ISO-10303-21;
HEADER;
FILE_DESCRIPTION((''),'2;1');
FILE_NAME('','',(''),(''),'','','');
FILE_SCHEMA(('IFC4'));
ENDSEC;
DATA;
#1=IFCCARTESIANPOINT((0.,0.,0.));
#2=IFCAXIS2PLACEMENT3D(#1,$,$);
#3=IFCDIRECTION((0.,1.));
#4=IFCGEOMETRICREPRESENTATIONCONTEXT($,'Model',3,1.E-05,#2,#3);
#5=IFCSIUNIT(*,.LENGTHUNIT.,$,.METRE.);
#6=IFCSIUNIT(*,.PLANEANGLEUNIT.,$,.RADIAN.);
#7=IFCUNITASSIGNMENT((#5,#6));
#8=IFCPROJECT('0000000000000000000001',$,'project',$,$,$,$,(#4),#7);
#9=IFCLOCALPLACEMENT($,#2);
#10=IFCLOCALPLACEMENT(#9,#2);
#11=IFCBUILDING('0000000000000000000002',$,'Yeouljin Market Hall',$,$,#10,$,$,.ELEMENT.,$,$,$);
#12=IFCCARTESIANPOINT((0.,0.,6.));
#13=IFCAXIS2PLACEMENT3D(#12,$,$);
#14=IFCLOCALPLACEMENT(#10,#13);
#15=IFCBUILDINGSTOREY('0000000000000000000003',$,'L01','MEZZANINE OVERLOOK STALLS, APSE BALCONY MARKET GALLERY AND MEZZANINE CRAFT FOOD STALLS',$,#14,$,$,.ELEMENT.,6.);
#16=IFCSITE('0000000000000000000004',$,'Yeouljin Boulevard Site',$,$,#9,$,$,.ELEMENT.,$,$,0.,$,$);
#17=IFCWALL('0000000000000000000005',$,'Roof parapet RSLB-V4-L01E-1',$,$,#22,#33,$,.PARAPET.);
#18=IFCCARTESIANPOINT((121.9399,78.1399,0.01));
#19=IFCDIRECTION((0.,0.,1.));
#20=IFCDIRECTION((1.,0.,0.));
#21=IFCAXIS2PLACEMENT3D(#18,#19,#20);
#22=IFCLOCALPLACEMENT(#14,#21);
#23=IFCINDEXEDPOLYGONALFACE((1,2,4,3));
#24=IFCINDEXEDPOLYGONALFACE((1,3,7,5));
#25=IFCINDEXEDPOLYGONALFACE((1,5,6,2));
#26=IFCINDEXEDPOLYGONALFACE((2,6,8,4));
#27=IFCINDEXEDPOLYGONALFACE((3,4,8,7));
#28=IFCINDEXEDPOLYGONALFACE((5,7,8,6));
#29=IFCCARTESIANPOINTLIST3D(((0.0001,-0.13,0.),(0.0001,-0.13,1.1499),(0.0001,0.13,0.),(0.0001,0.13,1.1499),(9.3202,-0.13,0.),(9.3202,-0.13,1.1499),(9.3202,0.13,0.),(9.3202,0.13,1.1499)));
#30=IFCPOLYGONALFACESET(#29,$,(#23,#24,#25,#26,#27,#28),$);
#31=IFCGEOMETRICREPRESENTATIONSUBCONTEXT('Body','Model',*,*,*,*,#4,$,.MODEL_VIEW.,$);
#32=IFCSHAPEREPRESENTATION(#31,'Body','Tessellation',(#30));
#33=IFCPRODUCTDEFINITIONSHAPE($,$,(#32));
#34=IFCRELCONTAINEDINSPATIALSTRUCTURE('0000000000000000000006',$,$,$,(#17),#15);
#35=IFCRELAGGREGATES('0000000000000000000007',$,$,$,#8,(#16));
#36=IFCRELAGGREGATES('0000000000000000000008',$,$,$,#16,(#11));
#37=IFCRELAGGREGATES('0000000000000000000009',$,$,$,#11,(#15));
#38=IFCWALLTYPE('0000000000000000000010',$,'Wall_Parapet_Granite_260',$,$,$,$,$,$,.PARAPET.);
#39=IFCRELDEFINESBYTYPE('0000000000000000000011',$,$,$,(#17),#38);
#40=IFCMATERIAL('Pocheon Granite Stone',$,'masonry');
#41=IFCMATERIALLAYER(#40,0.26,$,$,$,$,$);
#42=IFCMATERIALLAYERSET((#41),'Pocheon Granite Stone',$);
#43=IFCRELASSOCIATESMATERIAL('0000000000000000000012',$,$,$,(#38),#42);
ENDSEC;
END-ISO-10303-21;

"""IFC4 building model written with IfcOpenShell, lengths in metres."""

from ifc_helpers import new_model, si_unit, direction, frame, frame_2d, origin, place, context, subcontext, project, spatial, rectangle, extrude, material, layer, layer_set, type_object, element, save


model = new_model("IFC4")

# Units and contexts
model_context = context("Model", 3, precision=1e-05, world=origin(), true_north=direction((0.0, 1.0)))
body_context = subcontext(model_context, "Body", "Model", "MODEL_VIEW")
ifc_project = project(units=[si_unit("LENGTHUNIT", "METRE"), si_unit("PLANEANGLEUNIT", "RADIAN")], contexts=[model_context])

# Site, building, storey
site_placement = place(None, origin())
site = spatial("IfcSite", under=ifc_project, at=site_placement, Name="Yeouljin Boulevard Site", CompositionType="ELEMENT", RefElevation=0.0)
building_placement = place(site_placement, origin())
building = spatial("IfcBuilding", under=site, at=building_placement, Name="Yeouljin Market Hall", CompositionType="ELEMENT")
storey_placement = place(building_placement, frame((0.0, 0.0, 6.0)))
storey = spatial("IfcBuildingStorey", under=building, at=storey_placement, Name="L01", Description="MEZZANINE OVERLOOK STALLS, APSE BALCONY MARKET GALLERY AND MEZZANINE CRAFT FOOD STALLS", CompositionType="ELEMENT", Elevation=6.0)

# Wall
ifc_material_1 = material(Name="Pocheon Granite Stone", Category="masonry")
ifc_layer_1 = layer(ifc_material_1, 0.26)
ifc_layer_set_1 = layer_set([ifc_layer_1], Name="Pocheon Granite Stone")
wall_type = type_object("IfcWallType", Name="Wall_Parapet_Granite_260", PredefinedType="PARAPET", material=ifc_layer_set_1)
wall_placement = place(storey_placement, frame((121.9399, 78.1399, 0.01), z_axis=(0.0, 0.0, 1.0), x_axis=(1.0, 0.0, 0.0)))
element("IfcWall", 1, at=wall_placement, inside=storey, type_object=wall_type, Name="Roof parapet RSLB-V4-L01E-1", PredefinedType="PARAPET", context=body_context, shape_type="SweptSolid", body=[
    extrude(rectangle(XDim=9.3201, YDim=0.26, at=frame_2d((4.6602, 0.0))), origin(), (0.0, 0.0, 1.0), 1.1499),
])

save(model, "model.ifc")
